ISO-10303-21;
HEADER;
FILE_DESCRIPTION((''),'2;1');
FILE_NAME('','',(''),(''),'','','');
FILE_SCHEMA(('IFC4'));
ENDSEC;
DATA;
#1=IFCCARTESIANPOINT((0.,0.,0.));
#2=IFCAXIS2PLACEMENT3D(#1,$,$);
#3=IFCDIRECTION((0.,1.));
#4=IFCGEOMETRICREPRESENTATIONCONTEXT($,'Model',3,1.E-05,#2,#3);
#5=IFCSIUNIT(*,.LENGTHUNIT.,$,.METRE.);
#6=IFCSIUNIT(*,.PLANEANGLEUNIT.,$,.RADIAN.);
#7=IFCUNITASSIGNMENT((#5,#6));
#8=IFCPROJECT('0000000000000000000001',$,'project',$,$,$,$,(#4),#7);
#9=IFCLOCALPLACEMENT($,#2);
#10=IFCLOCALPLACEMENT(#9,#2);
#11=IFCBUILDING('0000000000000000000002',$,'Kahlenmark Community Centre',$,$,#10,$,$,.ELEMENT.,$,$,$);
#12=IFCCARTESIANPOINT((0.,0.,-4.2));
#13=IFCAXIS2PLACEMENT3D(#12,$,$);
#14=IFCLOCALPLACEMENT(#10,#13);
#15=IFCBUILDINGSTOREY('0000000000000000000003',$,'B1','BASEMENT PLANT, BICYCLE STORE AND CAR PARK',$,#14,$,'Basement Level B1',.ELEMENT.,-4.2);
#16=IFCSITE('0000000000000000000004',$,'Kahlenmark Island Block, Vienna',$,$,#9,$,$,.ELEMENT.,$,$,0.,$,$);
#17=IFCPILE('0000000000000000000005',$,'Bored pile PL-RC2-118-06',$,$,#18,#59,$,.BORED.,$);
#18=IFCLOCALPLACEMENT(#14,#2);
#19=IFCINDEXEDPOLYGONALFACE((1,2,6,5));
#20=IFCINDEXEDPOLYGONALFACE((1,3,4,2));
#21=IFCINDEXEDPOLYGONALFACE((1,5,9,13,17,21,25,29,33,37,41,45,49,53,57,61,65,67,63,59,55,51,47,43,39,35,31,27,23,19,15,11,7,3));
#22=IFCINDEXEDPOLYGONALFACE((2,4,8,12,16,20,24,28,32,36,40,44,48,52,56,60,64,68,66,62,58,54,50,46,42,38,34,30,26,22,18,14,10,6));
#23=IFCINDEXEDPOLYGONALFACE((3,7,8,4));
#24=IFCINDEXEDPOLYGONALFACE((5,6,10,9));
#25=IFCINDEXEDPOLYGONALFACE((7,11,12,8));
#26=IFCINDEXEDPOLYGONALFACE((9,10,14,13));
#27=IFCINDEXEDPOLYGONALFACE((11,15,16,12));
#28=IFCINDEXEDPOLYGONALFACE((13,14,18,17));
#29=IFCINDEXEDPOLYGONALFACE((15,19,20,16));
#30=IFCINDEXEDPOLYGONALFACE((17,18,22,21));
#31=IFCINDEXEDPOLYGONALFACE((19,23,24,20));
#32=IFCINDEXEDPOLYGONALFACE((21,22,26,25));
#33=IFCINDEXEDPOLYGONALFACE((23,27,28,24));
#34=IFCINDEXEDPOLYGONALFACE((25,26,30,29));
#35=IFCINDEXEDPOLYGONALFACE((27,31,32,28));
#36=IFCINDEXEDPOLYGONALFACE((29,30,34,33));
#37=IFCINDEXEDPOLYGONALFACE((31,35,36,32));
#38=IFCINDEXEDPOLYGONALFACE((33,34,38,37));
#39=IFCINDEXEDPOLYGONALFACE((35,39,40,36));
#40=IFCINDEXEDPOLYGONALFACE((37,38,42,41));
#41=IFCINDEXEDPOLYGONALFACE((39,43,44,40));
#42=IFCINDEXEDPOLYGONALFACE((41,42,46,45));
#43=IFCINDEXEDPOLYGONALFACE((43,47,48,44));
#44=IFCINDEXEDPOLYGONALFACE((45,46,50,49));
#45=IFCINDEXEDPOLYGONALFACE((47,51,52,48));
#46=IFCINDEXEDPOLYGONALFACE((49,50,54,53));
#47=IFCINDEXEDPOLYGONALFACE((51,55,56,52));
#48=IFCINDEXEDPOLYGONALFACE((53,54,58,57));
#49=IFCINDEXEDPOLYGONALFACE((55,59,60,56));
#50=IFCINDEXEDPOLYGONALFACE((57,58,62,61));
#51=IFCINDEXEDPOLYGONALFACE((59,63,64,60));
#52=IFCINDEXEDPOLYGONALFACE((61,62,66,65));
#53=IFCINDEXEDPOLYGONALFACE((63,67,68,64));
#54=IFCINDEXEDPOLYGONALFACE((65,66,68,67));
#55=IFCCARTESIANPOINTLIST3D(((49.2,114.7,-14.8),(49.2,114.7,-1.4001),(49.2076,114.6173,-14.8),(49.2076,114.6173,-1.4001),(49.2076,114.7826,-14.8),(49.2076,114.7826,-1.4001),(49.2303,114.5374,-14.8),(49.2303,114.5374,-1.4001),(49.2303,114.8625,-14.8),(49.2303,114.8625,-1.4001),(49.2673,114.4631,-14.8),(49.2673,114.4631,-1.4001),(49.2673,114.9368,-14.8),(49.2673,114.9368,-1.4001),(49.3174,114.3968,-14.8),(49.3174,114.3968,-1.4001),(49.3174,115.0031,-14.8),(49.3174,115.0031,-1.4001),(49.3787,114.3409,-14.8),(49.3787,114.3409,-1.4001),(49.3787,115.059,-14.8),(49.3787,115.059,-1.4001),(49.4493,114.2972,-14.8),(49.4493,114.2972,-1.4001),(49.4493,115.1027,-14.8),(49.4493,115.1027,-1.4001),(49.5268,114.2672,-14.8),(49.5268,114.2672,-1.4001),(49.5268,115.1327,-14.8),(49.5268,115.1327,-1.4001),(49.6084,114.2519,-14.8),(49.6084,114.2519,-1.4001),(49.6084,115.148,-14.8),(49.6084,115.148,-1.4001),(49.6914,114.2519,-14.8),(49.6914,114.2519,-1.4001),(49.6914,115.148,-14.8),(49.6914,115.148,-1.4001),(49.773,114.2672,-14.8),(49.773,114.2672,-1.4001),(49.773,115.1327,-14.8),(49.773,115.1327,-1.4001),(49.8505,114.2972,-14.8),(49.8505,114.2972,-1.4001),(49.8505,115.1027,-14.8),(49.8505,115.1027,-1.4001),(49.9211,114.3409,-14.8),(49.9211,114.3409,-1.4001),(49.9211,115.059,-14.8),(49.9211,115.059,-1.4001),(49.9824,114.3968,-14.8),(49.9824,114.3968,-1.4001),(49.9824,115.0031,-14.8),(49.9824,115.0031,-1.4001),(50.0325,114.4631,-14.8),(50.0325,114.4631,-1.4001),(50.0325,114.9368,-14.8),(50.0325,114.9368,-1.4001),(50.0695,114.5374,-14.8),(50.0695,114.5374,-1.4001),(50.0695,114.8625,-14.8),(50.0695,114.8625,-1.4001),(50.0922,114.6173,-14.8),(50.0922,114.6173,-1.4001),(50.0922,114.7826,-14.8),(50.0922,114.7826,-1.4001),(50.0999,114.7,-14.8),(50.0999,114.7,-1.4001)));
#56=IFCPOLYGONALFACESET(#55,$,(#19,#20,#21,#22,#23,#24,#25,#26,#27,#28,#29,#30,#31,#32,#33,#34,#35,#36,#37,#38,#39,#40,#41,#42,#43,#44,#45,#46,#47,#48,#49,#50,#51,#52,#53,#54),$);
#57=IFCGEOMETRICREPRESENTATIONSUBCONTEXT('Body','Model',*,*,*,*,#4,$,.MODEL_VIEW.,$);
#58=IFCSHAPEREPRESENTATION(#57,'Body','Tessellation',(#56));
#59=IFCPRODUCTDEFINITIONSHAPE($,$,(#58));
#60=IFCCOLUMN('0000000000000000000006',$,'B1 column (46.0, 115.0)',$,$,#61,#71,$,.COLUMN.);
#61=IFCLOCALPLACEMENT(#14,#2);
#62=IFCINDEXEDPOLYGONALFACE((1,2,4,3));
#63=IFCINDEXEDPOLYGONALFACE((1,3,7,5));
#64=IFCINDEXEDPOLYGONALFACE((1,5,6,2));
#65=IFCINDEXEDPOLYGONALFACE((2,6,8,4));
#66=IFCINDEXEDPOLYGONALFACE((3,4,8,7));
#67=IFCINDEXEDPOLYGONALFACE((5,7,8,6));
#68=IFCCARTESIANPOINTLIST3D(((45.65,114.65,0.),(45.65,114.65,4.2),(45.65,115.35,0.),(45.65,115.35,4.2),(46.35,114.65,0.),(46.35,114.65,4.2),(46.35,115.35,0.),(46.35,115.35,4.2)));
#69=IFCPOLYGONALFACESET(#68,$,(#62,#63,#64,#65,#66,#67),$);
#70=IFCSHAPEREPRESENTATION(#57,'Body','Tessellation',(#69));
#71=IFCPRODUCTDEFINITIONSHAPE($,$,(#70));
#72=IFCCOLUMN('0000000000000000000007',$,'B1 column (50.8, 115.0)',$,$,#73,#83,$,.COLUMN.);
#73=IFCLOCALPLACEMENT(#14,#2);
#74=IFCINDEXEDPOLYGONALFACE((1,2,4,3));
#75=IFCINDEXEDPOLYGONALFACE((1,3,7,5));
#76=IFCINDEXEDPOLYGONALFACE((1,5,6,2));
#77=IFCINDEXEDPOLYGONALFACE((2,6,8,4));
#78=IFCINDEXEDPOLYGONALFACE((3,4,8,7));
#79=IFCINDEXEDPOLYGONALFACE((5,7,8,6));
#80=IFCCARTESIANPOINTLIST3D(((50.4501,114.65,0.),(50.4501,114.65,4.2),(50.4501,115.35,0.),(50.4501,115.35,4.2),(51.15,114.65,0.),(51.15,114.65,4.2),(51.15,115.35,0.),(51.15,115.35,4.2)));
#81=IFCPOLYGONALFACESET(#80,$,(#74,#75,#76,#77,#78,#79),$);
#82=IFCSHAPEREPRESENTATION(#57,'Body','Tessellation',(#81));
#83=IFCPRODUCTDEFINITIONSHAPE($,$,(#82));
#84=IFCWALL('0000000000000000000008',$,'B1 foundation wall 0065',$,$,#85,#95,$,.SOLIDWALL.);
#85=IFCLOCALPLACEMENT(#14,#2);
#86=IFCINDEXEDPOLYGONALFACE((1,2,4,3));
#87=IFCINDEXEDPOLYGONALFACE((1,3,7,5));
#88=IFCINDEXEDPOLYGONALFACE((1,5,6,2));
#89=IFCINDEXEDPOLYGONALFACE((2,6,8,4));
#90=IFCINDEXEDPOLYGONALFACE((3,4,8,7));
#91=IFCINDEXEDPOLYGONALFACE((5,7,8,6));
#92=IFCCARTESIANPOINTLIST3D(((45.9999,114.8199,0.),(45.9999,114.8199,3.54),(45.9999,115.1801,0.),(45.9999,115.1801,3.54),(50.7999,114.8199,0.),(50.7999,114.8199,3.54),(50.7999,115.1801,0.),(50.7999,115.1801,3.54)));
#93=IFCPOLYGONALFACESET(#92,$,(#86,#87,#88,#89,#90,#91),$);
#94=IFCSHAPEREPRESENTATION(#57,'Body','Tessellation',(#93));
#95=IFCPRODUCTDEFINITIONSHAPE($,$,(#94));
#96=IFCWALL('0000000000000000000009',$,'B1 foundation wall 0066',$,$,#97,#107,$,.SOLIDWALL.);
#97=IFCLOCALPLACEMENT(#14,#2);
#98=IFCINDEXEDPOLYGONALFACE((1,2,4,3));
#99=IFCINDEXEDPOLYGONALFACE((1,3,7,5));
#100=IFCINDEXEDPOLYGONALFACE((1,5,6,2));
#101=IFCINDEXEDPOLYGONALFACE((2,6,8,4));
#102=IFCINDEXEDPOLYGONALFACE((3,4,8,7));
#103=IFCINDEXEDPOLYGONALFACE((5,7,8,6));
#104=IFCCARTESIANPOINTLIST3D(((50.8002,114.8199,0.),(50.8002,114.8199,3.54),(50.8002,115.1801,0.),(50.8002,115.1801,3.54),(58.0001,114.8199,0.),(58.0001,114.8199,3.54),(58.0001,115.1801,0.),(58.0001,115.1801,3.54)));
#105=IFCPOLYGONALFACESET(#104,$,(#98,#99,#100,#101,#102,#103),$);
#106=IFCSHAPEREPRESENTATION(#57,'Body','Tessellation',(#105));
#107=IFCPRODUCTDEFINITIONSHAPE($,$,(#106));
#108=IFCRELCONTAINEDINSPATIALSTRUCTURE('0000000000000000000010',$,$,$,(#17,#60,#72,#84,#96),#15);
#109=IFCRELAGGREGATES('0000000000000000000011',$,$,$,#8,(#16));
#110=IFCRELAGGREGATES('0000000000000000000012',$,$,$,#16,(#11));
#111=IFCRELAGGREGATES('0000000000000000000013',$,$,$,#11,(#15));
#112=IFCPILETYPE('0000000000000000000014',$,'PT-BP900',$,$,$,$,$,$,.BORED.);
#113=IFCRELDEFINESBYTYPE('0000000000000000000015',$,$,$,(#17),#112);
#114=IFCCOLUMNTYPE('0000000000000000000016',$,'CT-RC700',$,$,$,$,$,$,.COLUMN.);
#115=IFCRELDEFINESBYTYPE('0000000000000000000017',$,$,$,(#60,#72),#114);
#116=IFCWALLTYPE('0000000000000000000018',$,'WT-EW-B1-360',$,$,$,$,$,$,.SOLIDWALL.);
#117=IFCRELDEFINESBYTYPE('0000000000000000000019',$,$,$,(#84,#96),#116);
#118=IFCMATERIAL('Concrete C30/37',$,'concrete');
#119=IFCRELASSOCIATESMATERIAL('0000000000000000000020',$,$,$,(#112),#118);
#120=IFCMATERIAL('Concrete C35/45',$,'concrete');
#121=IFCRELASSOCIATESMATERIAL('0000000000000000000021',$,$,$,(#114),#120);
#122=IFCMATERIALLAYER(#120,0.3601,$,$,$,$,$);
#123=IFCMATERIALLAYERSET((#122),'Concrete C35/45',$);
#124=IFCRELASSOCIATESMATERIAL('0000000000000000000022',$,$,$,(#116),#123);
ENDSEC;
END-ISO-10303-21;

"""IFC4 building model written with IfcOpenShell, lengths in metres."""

from ifc_helpers import new_model, si_unit, direction, frame, frame_2d, origin, origin_2d, place, context, subcontext, project, spatial, rectangle, circle, extrude, material, layer, layer_set, material_profile, profile_set, type_object, element, save


model = new_model("IFC4")

# Units and contexts
model_context = context("Model", 3, precision=1e-05, world=origin(), true_north=direction((0.0, 1.0)))
body_context = subcontext(model_context, "Body", "Model", "MODEL_VIEW")
ifc_project = project(units=[si_unit("LENGTHUNIT", "METRE"), si_unit("PLANEANGLEUNIT", "RADIAN")], contexts=[model_context])

# Site, building, storey
site_placement = place(None, origin())
site = spatial("IfcSite", under=ifc_project, at=site_placement, Name="Kahlenmark Island Block, Vienna", CompositionType="ELEMENT", RefElevation=0.0)
building_placement = place(site_placement, origin())
building = spatial("IfcBuilding", under=site, at=building_placement, Name="Kahlenmark Community Centre", CompositionType="ELEMENT")
storey_placement = place(building_placement, frame((0.0, 0.0, -4.2)))
storey = spatial("IfcBuildingStorey", under=building, at=storey_placement, Name="B1", Description="BASEMENT PLANT, BICYCLE STORE AND CAR PARK", LongName="Basement Level B1", CompositionType="ELEMENT", Elevation=-4.2)

# Shared definitions
ifc_material_1 = material(Name="Concrete C30/37", Category="concrete")

# Pile
ifc_material_profile_1 = material_profile(ifc_material_1, circle(Radius=0.45, at=origin_2d()), Name="BORED PILE 900")
ifc_profile_set_1 = profile_set([ifc_material_profile_1], Name="Concrete C30/37")
pile_type_1 = type_object("IfcPileType", Name="PT-BP900", PredefinedType="BORED", material=ifc_profile_set_1)
for number, where, z_axis, x_axis, name in (
    (1, (49.6499, 114.7, -1.4001), (0.0, 0.0, -1.0), (1.0, 0.0, 0.0), "Bored pile PL-RC2-118-06"),
):
    element("IfcPile", number, at=place(storey_placement, frame(where, z_axis=z_axis, x_axis=x_axis)), inside=storey, type_object=pile_type_1, Name=name, PredefinedType="BORED", context=body_context, shape_type="SweptSolid", body=[
        extrude(circle(Radius=0.45, at=origin_2d()), origin(), (0.0, 0.0, 1.0), 13.3999),
    ])

# Columns
ifc_material_2 = material(Name="Concrete C35/45", Category="concrete")
ifc_material_profile_2 = material_profile(ifc_material_2, rectangle(XDim=0.7, YDim=0.7, at=origin_2d()), Name="RC 700x700")
ifc_profile_set_2 = profile_set([ifc_material_profile_2], Name="Concrete C35/45")
column_type = type_object("IfcColumnType", Name="CT-RC700", PredefinedType="COLUMN", material=ifc_profile_set_2)
for number, where, z_axis, x_axis, name in (
    (2, (46.0, 115.0, 0.0), (0.0, 0.0, 1.0), (1.0, 0.0, 0.0), "B1 column (46.0, 115.0)"),
    (3, (50.8, 115.0, 0.0), (0.0, 0.0, 1.0), (1.0, 0.0, 0.0), "B1 column (50.8, 115.0)"),
):
    element("IfcColumn", number, at=place(storey_placement, frame(where, z_axis=z_axis, x_axis=x_axis)), inside=storey, type_object=column_type, Name=name, PredefinedType="COLUMN", context=body_context, shape_type="SweptSolid", body=[
        extrude(rectangle(XDim=0.7, YDim=0.7, at=origin_2d()), origin(), (0.0, 0.0, 1.0), 4.2),
    ])

# Walls
ifc_layer = layer(ifc_material_2, 0.3601)
ifc_layer_set = layer_set([ifc_layer], Name="Concrete C35/45")
wall_type = type_object("IfcWallType", Name="WT-EW-B1-360", PredefinedType="SOLIDWALL", material=ifc_layer_set)
wall_1_placement = place(storey_placement, frame((46.0, 115.0, 0.0), z_axis=(0.0, 0.0, 1.0), x_axis=(1.0, 0.0, 0.0)))
element("IfcWall", 4, at=wall_1_placement, inside=storey, type_object=wall_type, Name="B1 foundation wall 0065", PredefinedType="SOLIDWALL", context=body_context, shape_type="SweptSolid", body=[
    extrude(rectangle(XDim=4.8, YDim=0.3601, at=frame_2d((2.3999, 0.0))), origin(), (0.0, 0.0, 1.0), 3.54),
])
wall_2_placement = place(storey_placement, frame((50.8, 115.0, 0.0), z_axis=(0.0, 0.0, 1.0), x_axis=(1.0, 0.0, 0.0)))
element("IfcWall", 5, at=wall_2_placement, inside=storey, type_object=wall_type, Name="B1 foundation wall 0066", PredefinedType="SOLIDWALL", context=body_context, shape_type="SweptSolid", body=[
    extrude(rectangle(XDim=7.2, YDim=0.3601, at=frame_2d((3.6001, 0.0))), origin(), (0.0, 0.0, 1.0), 3.54),
])

save(model, "model.ifc")
